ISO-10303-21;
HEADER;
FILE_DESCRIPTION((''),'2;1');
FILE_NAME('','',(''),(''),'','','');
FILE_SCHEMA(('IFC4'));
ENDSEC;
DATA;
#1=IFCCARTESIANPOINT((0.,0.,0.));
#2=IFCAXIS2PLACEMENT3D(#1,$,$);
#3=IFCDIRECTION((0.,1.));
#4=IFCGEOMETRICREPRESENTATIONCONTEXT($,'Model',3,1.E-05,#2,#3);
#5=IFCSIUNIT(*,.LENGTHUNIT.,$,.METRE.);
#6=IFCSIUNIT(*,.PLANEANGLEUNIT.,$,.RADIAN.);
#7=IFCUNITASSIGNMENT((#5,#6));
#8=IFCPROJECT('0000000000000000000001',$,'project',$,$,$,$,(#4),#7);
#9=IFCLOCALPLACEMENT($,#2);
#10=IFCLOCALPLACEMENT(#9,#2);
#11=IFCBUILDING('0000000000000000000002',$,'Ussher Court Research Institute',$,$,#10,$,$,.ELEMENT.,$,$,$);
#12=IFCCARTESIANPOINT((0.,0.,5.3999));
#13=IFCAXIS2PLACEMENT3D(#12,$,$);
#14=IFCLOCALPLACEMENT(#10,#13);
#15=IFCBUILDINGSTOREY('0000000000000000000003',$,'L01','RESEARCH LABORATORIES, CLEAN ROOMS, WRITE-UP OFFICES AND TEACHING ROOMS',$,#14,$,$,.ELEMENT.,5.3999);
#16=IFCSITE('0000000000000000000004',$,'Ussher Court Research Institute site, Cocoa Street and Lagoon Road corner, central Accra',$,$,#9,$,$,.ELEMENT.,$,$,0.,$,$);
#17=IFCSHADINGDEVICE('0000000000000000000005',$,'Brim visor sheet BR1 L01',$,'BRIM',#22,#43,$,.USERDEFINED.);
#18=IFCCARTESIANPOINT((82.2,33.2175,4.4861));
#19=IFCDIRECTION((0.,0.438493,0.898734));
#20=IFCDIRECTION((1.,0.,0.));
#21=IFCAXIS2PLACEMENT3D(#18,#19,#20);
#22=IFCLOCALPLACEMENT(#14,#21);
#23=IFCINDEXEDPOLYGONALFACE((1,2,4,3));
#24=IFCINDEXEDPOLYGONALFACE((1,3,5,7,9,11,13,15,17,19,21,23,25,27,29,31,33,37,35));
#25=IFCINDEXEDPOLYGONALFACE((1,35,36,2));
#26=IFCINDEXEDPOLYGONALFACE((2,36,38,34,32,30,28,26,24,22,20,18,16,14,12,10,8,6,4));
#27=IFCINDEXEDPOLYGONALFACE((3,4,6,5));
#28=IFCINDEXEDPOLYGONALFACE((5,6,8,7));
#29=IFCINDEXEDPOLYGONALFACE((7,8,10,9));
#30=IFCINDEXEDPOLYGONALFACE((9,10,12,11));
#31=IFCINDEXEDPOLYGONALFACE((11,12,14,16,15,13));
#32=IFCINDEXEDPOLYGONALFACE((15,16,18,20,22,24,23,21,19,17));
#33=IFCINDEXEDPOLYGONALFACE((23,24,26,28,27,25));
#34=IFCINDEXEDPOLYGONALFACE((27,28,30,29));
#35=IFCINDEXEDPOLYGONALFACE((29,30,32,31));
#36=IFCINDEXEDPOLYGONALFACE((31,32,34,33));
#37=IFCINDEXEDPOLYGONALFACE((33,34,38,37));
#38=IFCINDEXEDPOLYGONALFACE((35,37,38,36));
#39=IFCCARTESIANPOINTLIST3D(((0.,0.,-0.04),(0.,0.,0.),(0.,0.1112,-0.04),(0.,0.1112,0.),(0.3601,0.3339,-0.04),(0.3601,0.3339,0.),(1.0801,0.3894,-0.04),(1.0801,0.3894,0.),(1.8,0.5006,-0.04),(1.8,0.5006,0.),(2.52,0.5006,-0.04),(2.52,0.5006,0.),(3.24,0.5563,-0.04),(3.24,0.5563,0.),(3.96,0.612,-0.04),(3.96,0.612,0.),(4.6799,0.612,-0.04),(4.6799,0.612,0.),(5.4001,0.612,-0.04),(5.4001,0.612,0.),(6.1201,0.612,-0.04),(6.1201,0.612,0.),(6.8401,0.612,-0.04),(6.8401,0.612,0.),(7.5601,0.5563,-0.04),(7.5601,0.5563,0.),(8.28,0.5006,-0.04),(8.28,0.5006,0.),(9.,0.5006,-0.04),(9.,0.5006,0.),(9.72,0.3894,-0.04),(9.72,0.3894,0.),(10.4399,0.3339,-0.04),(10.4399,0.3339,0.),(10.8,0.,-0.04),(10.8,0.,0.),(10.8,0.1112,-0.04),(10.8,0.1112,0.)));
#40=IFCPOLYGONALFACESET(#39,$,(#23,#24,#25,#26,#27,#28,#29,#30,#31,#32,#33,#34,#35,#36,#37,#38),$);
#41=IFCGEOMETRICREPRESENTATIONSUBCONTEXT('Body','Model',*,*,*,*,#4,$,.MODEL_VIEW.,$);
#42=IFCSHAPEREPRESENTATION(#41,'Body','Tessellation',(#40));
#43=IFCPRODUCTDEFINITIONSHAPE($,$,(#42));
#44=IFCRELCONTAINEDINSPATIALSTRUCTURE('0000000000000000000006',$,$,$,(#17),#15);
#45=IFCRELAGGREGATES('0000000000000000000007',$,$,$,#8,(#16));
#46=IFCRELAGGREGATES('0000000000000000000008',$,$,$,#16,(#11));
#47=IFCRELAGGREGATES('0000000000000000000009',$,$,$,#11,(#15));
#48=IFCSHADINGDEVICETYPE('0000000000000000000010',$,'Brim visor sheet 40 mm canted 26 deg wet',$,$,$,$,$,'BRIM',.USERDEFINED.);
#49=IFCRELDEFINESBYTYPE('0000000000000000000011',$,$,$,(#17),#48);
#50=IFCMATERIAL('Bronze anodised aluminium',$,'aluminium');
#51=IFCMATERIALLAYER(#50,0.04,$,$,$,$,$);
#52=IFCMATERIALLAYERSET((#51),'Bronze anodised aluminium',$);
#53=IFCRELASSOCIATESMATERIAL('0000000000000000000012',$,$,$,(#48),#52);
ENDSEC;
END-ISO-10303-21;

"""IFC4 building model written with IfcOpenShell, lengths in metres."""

from ifc_helpers import new_model, si_unit, direction, frame, origin, place, context, subcontext, project, spatial, polyline, outline, extrude, material, layer, layer_set, type_object, element, save


model = new_model("IFC4")

# Units and contexts
model_context = context("Model", 3, precision=1e-05, world=origin(), true_north=direction((0.0, 1.0)))
body_context = subcontext(model_context, "Body", "Model", "MODEL_VIEW")
ifc_project = project(units=[si_unit("LENGTHUNIT", "METRE"), si_unit("PLANEANGLEUNIT", "RADIAN")], contexts=[model_context])

# Site, building, storey
site_placement = place(None, origin())
site = spatial("IfcSite", under=ifc_project, at=site_placement, Name="Ussher Court Research Institute site, Cocoa Street and Lagoon Road corner, central Accra", CompositionType="ELEMENT", RefElevation=0.0)
building_placement = place(site_placement, origin())
building = spatial("IfcBuilding", under=site, at=building_placement, Name="Ussher Court Research Institute", CompositionType="ELEMENT")
storey_placement = place(building_placement, frame((0.0, 0.0, 5.3999)))
storey = spatial("IfcBuildingStorey", under=building, at=storey_placement, Name="L01", Description="RESEARCH LABORATORIES, CLEAN ROOMS, WRITE-UP OFFICES AND TEACHING ROOMS", CompositionType="ELEMENT", Elevation=5.3999)

# Shading device
ifc_material_1 = material(Name="Bronze anodised aluminium", Category="aluminium")
ifc_layer_1 = layer(ifc_material_1, 0.04)
ifc_layer_set_1 = layer_set([ifc_layer_1], Name="Bronze anodised aluminium")
shading_device_type_1 = type_object("IfcShadingDeviceType", Name="Brim visor sheet 40 mm canted 26 deg wet", ElementType="BRIM", PredefinedType="USERDEFINED", material=ifc_layer_set_1)
shading_device_1_placement = place(storey_placement, frame((82.2, 33.2175, 4.4861), z_axis=(0.0, 0.438493, 0.898734), x_axis=(1.0, 0.0, 0.0)))
element("IfcShadingDevice", 1, at=shading_device_1_placement, inside=storey, type_object=shading_device_type_1, Name="Brim visor sheet BR1 L01", ObjectType="BRIM", PredefinedType="USERDEFINED", context=body_context, shape_type="SweptSolid", body=[
    extrude(outline(polyline([(0.0, 0.0), (10.8, 0.0), (10.8, 0.1112), (10.4399, 0.3339), (9.72, 0.3894), (9.0, 0.5006), (8.28, 0.5006), (7.5601, 0.5563), (6.8401, 0.612), (6.1201, 0.612), (5.4001, 0.612), (4.6799, 0.612), (3.96, 0.612), (3.24, 0.5563), (2.52, 0.5006), (1.8, 0.5006), (1.0801, 0.3894), (0.3601, 0.3339), (0.0, 0.1112), (0.0, 0.0)])), origin(), (0.0, 0.0, -1.0), 0.04),
])

save(model, "model.ifc")
